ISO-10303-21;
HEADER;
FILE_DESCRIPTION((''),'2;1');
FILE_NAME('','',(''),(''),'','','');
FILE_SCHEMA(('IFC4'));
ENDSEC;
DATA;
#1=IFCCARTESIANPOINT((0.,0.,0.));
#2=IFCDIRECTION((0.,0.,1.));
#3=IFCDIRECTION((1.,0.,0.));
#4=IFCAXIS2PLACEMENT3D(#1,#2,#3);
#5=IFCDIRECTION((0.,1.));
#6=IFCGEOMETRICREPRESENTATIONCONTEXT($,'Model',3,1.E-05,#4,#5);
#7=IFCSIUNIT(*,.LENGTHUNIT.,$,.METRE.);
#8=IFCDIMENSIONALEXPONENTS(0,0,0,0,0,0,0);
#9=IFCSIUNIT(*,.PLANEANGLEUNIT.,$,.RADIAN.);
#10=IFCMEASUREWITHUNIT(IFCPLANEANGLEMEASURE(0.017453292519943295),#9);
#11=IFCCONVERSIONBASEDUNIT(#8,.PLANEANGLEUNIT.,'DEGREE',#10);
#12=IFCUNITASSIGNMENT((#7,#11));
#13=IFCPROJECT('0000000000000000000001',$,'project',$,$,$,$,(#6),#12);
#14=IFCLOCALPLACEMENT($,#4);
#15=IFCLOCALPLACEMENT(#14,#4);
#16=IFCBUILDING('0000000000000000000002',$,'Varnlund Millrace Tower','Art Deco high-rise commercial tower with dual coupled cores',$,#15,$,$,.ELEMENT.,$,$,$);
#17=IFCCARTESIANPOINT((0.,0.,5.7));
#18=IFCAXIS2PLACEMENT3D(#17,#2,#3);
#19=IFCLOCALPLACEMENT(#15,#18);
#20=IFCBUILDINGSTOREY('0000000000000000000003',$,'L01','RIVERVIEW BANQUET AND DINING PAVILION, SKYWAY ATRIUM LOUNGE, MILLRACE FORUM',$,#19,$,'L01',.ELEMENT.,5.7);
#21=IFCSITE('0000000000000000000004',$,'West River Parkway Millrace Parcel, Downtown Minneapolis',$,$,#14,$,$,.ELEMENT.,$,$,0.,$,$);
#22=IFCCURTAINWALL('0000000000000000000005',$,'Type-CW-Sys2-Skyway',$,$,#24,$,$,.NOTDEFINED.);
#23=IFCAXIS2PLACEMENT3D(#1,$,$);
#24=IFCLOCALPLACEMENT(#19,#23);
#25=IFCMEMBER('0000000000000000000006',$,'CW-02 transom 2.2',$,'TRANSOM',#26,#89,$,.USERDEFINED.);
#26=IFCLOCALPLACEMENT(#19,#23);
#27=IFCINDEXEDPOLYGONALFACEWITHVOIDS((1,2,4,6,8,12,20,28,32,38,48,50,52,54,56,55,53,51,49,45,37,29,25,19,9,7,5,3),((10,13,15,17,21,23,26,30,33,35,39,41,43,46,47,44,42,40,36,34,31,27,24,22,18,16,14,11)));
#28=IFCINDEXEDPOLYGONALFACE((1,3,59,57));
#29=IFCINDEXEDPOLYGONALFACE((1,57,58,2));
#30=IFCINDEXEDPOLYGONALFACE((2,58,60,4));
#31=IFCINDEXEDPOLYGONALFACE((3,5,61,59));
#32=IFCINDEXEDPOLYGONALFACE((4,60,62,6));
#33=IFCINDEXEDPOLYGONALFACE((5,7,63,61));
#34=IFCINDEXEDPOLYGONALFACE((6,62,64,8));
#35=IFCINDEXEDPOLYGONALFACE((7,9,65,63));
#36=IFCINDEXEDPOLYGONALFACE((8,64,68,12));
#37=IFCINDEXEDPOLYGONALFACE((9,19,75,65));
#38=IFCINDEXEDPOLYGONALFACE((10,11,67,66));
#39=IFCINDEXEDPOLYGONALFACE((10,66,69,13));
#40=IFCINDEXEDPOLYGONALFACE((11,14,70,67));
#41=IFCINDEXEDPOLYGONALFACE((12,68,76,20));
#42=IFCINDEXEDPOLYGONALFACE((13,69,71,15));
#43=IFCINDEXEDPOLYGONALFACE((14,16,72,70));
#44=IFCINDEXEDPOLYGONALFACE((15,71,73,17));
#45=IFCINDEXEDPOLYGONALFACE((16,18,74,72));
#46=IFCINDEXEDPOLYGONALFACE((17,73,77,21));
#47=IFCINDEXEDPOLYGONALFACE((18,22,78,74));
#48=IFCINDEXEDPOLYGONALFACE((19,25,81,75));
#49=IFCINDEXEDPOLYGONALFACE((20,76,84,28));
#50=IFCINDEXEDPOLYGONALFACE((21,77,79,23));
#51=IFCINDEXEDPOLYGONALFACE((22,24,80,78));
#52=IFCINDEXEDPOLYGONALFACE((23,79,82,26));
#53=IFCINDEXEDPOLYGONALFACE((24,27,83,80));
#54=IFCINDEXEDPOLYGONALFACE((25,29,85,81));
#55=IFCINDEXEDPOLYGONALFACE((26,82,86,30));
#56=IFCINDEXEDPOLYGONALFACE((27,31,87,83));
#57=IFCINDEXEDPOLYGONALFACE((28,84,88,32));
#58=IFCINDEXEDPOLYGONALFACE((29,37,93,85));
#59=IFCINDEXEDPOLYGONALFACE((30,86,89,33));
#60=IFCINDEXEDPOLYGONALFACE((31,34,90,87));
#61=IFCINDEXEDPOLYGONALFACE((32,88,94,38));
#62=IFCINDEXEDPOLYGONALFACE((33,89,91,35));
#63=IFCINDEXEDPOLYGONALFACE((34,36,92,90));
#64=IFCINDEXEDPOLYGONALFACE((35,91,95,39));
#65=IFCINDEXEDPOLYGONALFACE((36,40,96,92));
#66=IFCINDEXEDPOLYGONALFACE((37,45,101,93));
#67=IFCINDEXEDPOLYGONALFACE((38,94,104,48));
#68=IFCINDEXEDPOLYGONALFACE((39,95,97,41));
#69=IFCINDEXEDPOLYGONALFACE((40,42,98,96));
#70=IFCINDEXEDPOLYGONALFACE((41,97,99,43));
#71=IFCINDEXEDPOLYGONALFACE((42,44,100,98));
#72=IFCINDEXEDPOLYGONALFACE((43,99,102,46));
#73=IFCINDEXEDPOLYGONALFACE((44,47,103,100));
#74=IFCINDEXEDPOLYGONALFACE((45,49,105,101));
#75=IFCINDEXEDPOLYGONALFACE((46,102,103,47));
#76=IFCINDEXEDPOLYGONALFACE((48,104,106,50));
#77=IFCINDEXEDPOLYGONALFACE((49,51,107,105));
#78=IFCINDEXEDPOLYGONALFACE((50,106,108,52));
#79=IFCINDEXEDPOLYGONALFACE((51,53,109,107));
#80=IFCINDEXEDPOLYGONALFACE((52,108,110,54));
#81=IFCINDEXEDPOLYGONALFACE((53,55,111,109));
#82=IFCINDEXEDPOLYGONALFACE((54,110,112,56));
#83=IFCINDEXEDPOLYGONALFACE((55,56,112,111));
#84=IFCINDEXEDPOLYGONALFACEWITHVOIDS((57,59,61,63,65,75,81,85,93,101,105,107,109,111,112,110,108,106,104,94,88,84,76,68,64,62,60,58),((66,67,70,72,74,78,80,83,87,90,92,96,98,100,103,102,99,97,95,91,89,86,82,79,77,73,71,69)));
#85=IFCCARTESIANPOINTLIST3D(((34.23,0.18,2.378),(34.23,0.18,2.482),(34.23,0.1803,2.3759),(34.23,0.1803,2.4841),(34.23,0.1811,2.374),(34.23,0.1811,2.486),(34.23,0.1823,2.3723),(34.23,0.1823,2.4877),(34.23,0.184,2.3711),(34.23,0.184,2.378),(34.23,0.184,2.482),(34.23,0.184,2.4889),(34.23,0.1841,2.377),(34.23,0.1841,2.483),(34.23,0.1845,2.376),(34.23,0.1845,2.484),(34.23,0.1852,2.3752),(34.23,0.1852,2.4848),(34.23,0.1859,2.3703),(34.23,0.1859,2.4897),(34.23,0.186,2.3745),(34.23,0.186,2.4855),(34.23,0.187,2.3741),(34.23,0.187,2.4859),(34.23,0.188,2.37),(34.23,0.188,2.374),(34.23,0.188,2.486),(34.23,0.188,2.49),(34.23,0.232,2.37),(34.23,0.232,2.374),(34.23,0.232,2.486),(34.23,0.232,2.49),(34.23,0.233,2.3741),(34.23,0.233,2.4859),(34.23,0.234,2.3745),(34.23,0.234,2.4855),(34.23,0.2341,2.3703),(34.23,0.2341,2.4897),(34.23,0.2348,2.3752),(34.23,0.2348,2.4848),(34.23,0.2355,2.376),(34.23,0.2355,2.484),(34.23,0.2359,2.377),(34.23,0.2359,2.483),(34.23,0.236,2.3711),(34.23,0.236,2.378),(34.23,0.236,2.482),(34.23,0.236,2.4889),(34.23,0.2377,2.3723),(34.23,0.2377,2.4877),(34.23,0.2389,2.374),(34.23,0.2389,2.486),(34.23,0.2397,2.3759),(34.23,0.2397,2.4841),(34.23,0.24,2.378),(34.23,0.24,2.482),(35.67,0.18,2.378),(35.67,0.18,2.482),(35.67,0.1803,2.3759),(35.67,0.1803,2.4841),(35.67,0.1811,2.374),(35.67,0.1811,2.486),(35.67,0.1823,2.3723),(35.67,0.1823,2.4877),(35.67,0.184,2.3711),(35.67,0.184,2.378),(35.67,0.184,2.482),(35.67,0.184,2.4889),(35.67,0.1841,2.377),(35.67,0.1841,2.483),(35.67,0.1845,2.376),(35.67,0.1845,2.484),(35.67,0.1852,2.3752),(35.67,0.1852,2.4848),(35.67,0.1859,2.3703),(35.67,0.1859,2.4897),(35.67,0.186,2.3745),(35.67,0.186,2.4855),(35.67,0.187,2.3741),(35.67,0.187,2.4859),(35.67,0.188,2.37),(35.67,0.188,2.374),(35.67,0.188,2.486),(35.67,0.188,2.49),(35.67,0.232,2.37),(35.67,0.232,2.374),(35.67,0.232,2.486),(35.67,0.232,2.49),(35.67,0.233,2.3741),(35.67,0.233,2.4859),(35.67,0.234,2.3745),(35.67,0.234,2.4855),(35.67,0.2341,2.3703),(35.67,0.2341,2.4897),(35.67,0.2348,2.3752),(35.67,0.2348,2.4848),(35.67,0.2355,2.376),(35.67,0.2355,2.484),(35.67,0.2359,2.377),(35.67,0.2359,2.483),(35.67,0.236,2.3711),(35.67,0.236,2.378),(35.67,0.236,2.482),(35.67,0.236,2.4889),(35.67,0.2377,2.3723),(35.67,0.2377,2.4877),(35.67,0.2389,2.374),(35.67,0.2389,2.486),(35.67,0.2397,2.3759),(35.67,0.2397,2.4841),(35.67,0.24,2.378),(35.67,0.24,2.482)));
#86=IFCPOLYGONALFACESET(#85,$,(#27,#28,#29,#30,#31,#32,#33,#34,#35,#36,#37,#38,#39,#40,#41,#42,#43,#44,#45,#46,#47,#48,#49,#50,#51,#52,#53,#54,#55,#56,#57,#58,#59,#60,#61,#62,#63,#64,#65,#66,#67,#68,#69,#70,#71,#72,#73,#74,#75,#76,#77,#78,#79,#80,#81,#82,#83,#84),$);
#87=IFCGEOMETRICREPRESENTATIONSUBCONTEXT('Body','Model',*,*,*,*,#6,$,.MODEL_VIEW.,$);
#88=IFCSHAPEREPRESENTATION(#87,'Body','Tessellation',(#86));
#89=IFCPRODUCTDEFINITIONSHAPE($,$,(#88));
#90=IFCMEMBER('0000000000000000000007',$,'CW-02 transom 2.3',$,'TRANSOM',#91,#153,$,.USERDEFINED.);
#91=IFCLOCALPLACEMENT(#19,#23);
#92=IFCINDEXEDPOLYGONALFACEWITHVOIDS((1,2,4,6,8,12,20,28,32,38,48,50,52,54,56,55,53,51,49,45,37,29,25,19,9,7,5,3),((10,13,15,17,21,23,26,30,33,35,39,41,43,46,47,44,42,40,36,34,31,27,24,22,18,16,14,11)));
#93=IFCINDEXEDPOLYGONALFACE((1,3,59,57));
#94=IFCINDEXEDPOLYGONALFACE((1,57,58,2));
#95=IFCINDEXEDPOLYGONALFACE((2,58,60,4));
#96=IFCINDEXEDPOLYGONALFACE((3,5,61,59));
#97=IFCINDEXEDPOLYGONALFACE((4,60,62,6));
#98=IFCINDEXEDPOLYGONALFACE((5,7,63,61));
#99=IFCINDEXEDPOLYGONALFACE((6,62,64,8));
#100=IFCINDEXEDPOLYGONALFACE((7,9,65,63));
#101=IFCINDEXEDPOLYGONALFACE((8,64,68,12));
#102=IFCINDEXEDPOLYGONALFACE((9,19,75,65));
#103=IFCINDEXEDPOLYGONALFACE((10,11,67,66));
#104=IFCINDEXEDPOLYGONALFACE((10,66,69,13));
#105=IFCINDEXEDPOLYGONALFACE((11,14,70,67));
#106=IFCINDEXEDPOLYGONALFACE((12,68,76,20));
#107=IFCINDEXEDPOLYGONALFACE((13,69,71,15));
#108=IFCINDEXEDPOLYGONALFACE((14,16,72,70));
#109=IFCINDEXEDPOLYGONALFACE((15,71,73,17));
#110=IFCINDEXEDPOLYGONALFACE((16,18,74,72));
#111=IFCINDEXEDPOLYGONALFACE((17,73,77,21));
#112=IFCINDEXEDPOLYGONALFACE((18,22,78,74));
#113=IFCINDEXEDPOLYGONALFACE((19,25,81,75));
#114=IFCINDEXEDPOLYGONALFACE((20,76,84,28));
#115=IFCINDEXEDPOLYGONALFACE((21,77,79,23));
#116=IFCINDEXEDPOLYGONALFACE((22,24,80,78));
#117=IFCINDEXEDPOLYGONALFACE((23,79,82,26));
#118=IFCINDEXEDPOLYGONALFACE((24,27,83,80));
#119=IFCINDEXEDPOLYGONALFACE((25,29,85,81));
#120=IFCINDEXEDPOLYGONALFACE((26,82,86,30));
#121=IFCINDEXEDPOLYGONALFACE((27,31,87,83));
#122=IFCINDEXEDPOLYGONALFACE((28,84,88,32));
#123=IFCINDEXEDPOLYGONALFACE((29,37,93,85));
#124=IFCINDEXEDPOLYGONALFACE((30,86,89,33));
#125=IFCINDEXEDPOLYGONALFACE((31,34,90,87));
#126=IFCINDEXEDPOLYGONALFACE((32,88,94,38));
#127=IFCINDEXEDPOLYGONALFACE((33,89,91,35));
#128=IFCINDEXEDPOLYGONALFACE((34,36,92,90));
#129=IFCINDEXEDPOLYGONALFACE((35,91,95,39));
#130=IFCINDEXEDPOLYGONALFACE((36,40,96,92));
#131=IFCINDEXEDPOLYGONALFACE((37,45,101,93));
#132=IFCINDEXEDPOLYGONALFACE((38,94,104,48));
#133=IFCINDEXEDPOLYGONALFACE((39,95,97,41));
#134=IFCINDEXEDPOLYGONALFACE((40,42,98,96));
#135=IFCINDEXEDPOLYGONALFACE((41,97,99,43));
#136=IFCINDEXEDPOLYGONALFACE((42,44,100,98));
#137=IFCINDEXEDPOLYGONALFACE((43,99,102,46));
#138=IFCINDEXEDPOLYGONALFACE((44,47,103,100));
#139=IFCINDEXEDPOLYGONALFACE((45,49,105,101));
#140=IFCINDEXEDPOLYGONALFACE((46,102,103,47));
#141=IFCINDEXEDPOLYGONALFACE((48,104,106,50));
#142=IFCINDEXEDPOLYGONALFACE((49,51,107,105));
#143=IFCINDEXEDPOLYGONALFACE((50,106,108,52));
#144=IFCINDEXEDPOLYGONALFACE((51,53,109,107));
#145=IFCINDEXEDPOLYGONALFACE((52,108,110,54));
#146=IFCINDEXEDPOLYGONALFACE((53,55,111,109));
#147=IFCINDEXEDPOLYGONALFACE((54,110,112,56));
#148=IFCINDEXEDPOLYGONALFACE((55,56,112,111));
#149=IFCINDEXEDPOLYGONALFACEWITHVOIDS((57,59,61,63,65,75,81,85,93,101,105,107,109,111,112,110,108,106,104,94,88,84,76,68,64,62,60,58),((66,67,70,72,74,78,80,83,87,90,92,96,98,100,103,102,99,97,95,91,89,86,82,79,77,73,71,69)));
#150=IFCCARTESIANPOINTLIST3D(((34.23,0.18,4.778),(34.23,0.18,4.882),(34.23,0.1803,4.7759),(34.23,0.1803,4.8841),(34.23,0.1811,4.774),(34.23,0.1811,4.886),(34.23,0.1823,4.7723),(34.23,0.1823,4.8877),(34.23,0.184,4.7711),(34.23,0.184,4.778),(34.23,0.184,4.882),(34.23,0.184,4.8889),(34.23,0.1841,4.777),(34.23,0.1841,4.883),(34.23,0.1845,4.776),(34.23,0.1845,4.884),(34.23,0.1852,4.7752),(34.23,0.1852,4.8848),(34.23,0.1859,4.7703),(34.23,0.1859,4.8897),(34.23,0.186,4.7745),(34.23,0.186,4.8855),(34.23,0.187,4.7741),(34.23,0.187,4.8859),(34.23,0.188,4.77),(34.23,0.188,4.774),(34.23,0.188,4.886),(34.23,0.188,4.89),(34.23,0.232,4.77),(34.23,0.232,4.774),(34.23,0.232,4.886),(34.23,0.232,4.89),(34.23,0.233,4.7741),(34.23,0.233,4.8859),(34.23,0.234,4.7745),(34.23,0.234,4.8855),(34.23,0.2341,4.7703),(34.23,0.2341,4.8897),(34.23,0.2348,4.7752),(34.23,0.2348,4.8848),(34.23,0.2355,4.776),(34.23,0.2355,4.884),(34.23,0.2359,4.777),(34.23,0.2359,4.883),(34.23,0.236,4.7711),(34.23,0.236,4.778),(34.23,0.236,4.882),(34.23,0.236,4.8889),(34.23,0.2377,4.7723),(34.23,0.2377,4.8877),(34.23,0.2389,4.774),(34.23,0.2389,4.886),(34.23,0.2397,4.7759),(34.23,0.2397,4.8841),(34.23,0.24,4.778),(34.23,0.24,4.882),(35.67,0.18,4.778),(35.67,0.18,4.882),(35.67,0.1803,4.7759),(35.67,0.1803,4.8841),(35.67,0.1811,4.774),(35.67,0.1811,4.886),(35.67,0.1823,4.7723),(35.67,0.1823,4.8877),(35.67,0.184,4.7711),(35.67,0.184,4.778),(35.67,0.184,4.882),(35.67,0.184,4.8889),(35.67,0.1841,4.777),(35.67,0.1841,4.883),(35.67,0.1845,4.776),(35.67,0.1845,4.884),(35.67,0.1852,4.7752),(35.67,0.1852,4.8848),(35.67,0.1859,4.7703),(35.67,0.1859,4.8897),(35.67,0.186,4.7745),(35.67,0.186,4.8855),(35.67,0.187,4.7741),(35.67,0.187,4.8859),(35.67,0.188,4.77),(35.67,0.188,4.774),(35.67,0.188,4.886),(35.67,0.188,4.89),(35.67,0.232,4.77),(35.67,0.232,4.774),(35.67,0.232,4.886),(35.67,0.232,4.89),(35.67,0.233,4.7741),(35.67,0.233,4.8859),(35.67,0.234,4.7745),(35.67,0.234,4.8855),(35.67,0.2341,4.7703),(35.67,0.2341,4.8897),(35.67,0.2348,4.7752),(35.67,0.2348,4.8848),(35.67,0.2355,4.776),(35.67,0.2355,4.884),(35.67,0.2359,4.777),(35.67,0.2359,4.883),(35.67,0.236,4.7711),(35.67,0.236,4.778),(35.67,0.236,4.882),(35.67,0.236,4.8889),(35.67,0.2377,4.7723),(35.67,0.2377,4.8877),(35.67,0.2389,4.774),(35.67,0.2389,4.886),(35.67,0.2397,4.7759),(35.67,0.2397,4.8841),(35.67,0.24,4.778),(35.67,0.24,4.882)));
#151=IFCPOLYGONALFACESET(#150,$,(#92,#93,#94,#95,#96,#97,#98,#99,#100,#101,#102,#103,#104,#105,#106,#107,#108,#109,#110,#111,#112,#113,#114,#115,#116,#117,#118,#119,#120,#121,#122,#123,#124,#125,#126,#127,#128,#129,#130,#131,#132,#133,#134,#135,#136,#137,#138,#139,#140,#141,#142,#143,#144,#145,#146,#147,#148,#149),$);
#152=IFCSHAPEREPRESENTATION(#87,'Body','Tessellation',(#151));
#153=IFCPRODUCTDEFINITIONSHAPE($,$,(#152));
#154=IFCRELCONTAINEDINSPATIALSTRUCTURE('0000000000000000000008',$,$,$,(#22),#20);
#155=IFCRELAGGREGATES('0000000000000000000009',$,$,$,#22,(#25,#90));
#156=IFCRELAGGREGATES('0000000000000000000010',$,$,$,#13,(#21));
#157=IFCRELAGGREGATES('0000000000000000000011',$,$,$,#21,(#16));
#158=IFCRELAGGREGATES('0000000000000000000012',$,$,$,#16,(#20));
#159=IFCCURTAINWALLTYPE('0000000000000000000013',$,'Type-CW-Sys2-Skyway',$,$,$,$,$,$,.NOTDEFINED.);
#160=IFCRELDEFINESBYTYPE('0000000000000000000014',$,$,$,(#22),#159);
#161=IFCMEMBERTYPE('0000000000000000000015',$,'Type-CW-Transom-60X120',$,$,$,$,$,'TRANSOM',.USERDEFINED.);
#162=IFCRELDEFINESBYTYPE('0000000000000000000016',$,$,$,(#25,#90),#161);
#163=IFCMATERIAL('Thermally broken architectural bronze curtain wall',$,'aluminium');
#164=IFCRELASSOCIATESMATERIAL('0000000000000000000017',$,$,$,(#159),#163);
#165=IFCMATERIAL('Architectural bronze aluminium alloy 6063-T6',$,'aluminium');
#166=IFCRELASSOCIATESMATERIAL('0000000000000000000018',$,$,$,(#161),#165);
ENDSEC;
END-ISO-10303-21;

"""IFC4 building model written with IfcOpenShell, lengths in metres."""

from ifc_helpers import new_model, entity, si_unit, converted_unit, direction, frame, origin_with_axes, origin_2d_with_axis, place, context, subcontext, project, spatial, hollow_rectangle, extrude, material, material_profile, profile_set, type_object, element, aggregate, save


model = new_model("IFC4")

# Units and contexts
model_context = context("Model", 3, precision=1e-05, world=origin_with_axes(), true_north=direction((0.0, 1.0)))
body_context = subcontext(model_context, "Body", "Model", "MODEL_VIEW")
ifc_project = project(units=[si_unit("LENGTHUNIT", "METRE"), converted_unit("PLANEANGLEUNIT", "DEGREE", entity("IfcPlaneAngleMeasure", 0.017453292519943295), si_unit("PLANEANGLEUNIT", "RADIAN"), dimensions=[0, 0, 0, 0, 0, 0, 0])], contexts=[model_context])

# Site, building, storey
site_placement = place(None, origin_with_axes())
site = spatial("IfcSite", under=ifc_project, at=site_placement, Name="West River Parkway Millrace Parcel, Downtown Minneapolis", CompositionType="ELEMENT", RefElevation=0.0)
building_placement = place(site_placement, origin_with_axes())
building = spatial("IfcBuilding", under=site, at=building_placement, Name="Varnlund Millrace Tower", Description="Art Deco high-rise commercial tower with dual coupled cores", CompositionType="ELEMENT")
storey_placement = place(building_placement, frame((0.0, 0.0, 5.7), z_axis=(0.0, 0.0, 1.0), x_axis=(1.0, 0.0, 0.0)))
storey = spatial("IfcBuildingStorey", under=building, at=storey_placement, Name="L01", Description="RIVERVIEW BANQUET AND DINING PAVILION, SKYWAY ATRIUM LOUNGE, MILLRACE FORUM", LongName="L01", CompositionType="ELEMENT", Elevation=5.7)

# Curtain wall, members
ifc_material_1 = material(Name="Thermally broken architectural bronze curtain wall", Category="aluminium")
curtain_wall_type = type_object("IfcCurtainWallType", Name="Type-CW-Sys2-Skyway", PredefinedType="NOTDEFINED", material=ifc_material_1)
curtain_wall_placement = place(storey_placement, frame((37.2, 0.21, 0.0), z_axis=(0.0, 0.0, 1.0), x_axis=(1.0, 0.0, 0.0)))
curtain_wall = element("IfcCurtainWall", 1, at=curtain_wall_placement, inside=storey, type_object=curtain_wall_type, Name="Type-CW-Sys2-Skyway", PredefinedType="NOTDEFINED")
ifc_material_2 = material(Name="Architectural bronze aluminium alloy 6063-T6", Category="aluminium")
ifc_material_profile_1 = material_profile(ifc_material_2, hollow_rectangle(XDim=0.06, YDim=0.12, WallThickness=0.004, InnerFilletRadius=0.004, OuterFilletRadius=0.008, at=origin_2d_with_axis()), Name="Architectural bronze aluminium alloy 6063-T6")
ifc_profile_set_1 = profile_set([ifc_material_profile_1], Name="Architectural bronze aluminium alloy 6063-T6")
member_type_1 = type_object("IfcMemberType", Name="Type-CW-Transom-60X120", ElementType="TRANSOM", PredefinedType="USERDEFINED", material=ifc_profile_set_1)
member_1_placement = place(storey_placement, frame((35.67, 0.21, 2.43), z_axis=(-1.0, 0.0, 0.0), x_axis=(0.0, -1.0, 0.0)))
member_1 = element("IfcMember", 2, at=member_1_placement, type_object=member_type_1, Name="CW-02 transom 2.2", ObjectType="TRANSOM", PredefinedType="USERDEFINED", context=body_context, shape_type="SweptSolid", body=[
    extrude(hollow_rectangle(XDim=0.06, YDim=0.12, WallThickness=0.004, InnerFilletRadius=0.004, OuterFilletRadius=0.008, at=origin_2d_with_axis()), origin_with_axes(), (0.0, 0.0, 1.0), 1.44),
])
member_2_placement = place(storey_placement, frame((35.67, 0.21, 4.83), z_axis=(-1.0, 0.0, 0.0), x_axis=(0.0, -1.0, 0.0)))
member_2 = element("IfcMember", 3, at=member_2_placement, type_object=member_type_1, Name="CW-02 transom 2.3", ObjectType="TRANSOM", PredefinedType="USERDEFINED", context=body_context, shape_type="SweptSolid", body=[
    extrude(hollow_rectangle(XDim=0.06, YDim=0.12, WallThickness=0.004, InnerFilletRadius=0.004, OuterFilletRadius=0.008, at=origin_2d_with_axis()), origin_with_axes(), (0.0, 0.0, 1.0), 1.44),
])
aggregate(curtain_wall, [member_1, member_2])

save(model, "model.ifc")
